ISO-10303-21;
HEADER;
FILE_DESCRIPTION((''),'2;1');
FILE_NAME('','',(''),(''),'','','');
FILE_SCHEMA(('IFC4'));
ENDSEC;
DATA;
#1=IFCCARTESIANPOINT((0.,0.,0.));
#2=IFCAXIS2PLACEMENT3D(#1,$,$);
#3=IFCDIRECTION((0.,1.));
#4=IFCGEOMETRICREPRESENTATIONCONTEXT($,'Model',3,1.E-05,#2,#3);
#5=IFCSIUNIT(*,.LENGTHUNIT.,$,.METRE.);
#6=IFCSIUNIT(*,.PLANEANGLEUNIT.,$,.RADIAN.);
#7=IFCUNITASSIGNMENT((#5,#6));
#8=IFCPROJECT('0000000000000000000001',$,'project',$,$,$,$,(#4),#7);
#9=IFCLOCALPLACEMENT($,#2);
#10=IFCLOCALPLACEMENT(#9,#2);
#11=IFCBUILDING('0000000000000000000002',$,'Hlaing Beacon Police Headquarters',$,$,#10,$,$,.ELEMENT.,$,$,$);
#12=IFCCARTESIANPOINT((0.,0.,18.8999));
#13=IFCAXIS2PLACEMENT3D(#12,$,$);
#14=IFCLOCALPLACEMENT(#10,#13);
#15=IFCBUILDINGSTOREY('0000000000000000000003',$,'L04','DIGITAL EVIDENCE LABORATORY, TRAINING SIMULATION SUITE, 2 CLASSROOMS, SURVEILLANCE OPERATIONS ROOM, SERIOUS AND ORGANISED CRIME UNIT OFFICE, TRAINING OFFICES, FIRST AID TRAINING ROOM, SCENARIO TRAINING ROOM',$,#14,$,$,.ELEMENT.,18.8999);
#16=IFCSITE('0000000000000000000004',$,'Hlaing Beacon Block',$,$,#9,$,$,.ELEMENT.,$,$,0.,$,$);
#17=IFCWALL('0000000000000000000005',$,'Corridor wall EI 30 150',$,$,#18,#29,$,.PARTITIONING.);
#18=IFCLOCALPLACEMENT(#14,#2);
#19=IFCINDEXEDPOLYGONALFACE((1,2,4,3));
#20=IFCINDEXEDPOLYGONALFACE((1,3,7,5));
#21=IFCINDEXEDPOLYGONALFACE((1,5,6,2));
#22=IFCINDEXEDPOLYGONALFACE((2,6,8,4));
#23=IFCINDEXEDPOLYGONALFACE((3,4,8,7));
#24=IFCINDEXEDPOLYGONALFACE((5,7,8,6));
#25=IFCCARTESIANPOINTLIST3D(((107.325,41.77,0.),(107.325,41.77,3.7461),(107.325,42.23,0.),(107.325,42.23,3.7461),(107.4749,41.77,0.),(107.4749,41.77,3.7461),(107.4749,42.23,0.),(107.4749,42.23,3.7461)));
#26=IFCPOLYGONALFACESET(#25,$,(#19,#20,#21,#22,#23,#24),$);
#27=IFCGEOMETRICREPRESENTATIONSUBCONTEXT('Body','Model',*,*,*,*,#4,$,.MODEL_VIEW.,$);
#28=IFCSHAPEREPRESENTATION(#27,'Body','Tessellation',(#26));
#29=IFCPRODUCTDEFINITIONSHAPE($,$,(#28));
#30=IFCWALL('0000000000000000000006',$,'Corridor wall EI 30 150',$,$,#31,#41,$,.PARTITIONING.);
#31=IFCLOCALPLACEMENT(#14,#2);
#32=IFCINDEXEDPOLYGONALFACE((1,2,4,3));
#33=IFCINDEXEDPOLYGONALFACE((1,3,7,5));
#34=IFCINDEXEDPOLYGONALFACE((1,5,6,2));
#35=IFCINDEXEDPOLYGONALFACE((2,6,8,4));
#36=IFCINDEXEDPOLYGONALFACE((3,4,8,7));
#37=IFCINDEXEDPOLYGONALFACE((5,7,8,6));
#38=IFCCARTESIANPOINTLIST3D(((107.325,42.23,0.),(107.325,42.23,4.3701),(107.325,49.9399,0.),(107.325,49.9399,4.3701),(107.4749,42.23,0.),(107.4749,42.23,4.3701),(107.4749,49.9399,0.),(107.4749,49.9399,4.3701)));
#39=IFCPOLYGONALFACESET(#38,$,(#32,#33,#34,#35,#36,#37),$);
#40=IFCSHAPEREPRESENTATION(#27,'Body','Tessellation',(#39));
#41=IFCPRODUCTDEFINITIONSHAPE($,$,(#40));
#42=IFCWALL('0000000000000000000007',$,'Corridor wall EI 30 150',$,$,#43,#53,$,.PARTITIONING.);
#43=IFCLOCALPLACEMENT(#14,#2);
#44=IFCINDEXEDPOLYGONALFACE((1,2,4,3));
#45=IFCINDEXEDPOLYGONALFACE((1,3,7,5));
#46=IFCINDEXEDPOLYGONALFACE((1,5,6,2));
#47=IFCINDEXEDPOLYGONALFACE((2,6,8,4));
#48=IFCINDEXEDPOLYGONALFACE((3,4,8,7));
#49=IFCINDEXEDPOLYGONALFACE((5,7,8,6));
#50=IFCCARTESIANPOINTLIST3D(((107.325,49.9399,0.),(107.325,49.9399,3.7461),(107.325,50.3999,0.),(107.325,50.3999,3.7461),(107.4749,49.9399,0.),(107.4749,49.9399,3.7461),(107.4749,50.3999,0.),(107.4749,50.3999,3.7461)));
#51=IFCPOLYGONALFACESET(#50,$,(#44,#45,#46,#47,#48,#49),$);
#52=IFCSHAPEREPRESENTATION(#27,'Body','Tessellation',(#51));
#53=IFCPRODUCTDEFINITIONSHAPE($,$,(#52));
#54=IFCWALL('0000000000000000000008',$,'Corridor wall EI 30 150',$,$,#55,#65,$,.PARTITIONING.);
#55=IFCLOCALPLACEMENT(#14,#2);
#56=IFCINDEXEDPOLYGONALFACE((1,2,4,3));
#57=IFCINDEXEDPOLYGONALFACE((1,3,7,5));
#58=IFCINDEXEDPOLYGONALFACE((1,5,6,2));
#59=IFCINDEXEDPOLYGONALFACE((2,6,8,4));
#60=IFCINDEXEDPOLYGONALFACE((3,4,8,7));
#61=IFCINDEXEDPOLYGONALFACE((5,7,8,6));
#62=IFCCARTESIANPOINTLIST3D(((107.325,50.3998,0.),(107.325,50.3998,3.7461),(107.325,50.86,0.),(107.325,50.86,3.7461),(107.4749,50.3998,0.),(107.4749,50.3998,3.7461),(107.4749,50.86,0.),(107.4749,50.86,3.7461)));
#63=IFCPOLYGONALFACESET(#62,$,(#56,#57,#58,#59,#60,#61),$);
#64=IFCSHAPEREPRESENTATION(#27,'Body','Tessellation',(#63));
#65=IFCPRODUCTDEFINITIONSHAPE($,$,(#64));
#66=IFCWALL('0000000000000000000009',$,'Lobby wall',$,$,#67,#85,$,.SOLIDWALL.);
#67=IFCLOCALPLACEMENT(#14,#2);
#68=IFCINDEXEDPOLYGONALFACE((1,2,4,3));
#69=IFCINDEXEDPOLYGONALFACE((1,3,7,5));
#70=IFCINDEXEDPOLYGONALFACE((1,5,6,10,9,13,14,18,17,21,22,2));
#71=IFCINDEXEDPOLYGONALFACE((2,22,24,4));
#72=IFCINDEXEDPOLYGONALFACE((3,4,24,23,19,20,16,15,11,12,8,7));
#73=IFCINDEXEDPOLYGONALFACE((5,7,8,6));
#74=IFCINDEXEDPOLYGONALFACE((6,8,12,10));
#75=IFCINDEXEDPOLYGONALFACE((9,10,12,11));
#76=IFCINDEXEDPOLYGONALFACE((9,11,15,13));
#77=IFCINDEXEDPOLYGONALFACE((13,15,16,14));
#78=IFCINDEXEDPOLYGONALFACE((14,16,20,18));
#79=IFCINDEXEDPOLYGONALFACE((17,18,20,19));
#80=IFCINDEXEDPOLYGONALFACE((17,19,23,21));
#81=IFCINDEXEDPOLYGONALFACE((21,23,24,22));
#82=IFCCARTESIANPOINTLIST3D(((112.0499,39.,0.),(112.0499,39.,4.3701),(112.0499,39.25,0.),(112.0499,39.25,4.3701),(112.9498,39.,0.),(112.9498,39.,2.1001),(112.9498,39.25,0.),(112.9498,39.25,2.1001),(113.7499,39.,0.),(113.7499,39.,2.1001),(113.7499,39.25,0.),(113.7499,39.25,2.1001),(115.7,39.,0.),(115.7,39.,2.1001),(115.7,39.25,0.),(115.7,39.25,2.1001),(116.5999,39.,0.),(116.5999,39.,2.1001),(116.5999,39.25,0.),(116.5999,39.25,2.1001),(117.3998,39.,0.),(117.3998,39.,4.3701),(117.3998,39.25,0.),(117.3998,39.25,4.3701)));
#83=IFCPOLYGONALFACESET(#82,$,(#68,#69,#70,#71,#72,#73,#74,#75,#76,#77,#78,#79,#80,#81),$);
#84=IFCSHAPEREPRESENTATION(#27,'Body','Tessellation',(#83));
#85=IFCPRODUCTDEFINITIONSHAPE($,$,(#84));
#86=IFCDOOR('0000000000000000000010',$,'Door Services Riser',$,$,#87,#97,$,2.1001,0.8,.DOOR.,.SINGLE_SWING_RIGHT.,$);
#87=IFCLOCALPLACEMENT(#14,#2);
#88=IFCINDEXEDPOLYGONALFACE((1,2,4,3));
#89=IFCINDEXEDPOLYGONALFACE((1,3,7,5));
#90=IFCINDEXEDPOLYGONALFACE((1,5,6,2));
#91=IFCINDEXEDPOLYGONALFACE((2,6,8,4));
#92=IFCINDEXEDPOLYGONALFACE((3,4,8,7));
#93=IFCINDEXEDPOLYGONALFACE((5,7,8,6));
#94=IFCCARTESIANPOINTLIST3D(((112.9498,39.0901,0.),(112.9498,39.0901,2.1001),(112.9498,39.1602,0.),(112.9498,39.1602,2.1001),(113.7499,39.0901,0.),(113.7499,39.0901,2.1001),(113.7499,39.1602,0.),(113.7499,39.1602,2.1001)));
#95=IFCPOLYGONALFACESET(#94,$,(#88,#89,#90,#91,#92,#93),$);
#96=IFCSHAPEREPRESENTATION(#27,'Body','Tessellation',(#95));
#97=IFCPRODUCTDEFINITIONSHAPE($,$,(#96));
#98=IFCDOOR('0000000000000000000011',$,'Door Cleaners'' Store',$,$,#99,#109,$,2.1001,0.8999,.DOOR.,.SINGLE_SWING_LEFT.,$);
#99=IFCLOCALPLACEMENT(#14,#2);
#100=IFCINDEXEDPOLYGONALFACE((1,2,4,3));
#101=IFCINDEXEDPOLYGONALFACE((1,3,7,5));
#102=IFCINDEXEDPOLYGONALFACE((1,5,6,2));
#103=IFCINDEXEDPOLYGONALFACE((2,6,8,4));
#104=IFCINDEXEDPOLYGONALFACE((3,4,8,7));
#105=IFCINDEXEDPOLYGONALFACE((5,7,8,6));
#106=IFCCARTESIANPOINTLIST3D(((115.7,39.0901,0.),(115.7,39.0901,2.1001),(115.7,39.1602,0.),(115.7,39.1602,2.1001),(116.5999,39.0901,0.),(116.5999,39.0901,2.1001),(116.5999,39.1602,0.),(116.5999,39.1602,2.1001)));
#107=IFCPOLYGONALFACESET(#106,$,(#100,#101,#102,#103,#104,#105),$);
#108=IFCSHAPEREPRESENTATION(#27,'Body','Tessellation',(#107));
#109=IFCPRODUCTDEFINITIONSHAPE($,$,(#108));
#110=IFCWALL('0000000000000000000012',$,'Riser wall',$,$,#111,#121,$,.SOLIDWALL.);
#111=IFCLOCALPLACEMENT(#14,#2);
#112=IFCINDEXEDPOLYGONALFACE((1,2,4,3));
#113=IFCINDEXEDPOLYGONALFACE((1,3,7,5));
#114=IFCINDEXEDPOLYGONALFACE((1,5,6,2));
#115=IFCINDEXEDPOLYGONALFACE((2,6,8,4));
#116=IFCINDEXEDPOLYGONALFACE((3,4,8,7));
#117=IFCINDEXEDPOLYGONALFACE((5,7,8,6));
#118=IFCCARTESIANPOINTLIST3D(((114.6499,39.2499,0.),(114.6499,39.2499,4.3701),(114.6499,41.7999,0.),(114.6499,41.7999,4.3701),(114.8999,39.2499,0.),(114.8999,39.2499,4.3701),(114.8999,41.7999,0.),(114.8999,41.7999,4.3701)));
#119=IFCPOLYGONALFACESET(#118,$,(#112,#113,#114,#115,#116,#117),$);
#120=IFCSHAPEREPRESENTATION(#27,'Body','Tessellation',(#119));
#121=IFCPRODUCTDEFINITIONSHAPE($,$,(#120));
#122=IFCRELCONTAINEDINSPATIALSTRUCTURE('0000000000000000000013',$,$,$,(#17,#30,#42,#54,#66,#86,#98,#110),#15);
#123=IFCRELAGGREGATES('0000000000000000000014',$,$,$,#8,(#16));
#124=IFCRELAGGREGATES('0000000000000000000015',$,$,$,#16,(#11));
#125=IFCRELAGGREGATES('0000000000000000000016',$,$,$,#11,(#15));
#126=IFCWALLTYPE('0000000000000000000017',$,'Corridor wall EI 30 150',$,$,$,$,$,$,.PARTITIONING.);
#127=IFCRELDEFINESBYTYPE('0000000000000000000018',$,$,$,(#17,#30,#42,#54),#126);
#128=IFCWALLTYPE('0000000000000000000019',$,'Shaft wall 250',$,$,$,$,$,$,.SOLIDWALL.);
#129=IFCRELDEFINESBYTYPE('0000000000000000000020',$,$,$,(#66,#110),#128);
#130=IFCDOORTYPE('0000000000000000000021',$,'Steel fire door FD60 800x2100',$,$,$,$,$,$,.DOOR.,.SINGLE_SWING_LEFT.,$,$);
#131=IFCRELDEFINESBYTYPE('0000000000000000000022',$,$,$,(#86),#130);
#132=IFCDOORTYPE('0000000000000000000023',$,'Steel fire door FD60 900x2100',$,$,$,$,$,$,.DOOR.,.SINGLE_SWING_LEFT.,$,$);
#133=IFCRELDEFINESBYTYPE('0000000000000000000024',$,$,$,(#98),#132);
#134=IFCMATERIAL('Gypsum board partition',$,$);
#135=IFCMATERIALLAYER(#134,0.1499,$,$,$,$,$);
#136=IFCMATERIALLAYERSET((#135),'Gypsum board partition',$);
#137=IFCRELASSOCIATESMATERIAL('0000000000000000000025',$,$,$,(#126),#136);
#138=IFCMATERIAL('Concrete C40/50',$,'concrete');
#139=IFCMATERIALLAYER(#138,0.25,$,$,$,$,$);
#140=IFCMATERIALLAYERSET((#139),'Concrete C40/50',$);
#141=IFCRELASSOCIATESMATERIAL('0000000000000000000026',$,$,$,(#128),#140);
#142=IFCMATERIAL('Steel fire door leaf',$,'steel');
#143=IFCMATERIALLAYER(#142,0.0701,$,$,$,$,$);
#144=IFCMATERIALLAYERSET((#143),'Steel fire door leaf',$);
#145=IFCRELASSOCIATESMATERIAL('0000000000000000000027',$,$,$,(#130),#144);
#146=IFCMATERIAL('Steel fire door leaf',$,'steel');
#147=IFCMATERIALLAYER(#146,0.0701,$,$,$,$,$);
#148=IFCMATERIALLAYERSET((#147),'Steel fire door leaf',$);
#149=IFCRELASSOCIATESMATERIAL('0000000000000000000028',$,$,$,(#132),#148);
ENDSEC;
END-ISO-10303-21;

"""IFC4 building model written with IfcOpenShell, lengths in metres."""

from ifc_helpers import new_model, si_unit, direction, frame, frame_2d, origin, place, context, subcontext, project, spatial, rectangle, extrude, material, layer, layer_set, type_object, element, fill, save


model = new_model("IFC4")

# Units and contexts
model_context = context("Model", 3, precision=1e-05, world=origin(), true_north=direction((0.0, 1.0)))
body_context = subcontext(model_context, "Body", "Model", "MODEL_VIEW")
ifc_project = project(units=[si_unit("LENGTHUNIT", "METRE"), si_unit("PLANEANGLEUNIT", "RADIAN")], contexts=[model_context])

# Site, building, storey
site_placement = place(None, origin())
site = spatial("IfcSite", under=ifc_project, at=site_placement, Name="Hlaing Beacon Block", CompositionType="ELEMENT", RefElevation=0.0)
building_placement = place(site_placement, origin())
building = spatial("IfcBuilding", under=site, at=building_placement, Name="Hlaing Beacon Police Headquarters", CompositionType="ELEMENT")
storey_placement = place(building_placement, frame((0.0, 0.0, 18.8999)))
storey = spatial("IfcBuildingStorey", under=building, at=storey_placement, Name="L04", Description="DIGITAL EVIDENCE LABORATORY, TRAINING SIMULATION SUITE, 2 CLASSROOMS, SURVEILLANCE OPERATIONS ROOM, SERIOUS AND ORGANISED CRIME UNIT OFFICE, TRAINING OFFICES, FIRST AID TRAINING ROOM, SCENARIO TRAINING ROOM", CompositionType="ELEMENT", Elevation=18.8999)

# Shared definitions
ifc_material_1 = material(Name="Gypsum board partition")
ifc_layer_1 = layer(ifc_material_1, 0.1499)
ifc_layer_set_1 = layer_set([ifc_layer_1], Name="Gypsum board partition")
wall_type_1 = type_object("IfcWallType", Name="Corridor wall EI 30 150", PredefinedType="PARTITIONING", material=ifc_layer_set_1)

# Walls
wall_1_placement = place(storey_placement, frame((107.3999, 41.77, 0.0), z_axis=(0.0, 0.0, 1.0), x_axis=(0.0, 1.0, 0.0)))
element("IfcWall", 1, at=wall_1_placement, inside=storey, type_object=wall_type_1, Name="Corridor wall EI 30 150", PredefinedType="PARTITIONING", context=body_context, shape_type="SweptSolid", body=[
    extrude(rectangle(XDim=0.46, YDim=0.1499, at=frame_2d((0.23, 0.0))), origin(), (0.0, 0.0, 1.0), 3.7461),
])
wall_2_placement = place(storey_placement, frame((107.3999, 42.23, 0.0), z_axis=(0.0, 0.0, 1.0), x_axis=(0.0, 1.0, 0.0)))
element("IfcWall", 2, at=wall_2_placement, inside=storey, type_object=wall_type_1, Name="Corridor wall EI 30 150", PredefinedType="PARTITIONING", context=body_context, shape_type="SweptSolid", body=[
    extrude(rectangle(XDim=7.71, YDim=0.1499, at=frame_2d((3.855, 0.0))), origin(), (0.0, 0.0, 1.0), 4.3701),
])
wall_3_placement = place(storey_placement, frame((107.3999, 49.9399, 0.0), z_axis=(0.0, 0.0, 1.0), x_axis=(0.0, 1.0, 0.0)))
element("IfcWall", 3, at=wall_3_placement, inside=storey, type_object=wall_type_1, Name="Corridor wall EI 30 150", PredefinedType="PARTITIONING", context=body_context, shape_type="SweptSolid", body=[
    extrude(rectangle(XDim=0.46, YDim=0.1499, at=frame_2d((0.23, 0.0))), origin(), (0.0, 0.0, 1.0), 3.7461),
])
wall_4_placement = place(storey_placement, frame((107.3999, 50.3999, 0.0), z_axis=(0.0, 0.0, 1.0), x_axis=(0.0, 1.0, 0.0)))
element("IfcWall", 4, at=wall_4_placement, inside=storey, type_object=wall_type_1, Name="Corridor wall EI 30 150", PredefinedType="PARTITIONING", context=body_context, shape_type="SweptSolid", body=[
    extrude(rectangle(XDim=0.4602, YDim=0.1499, at=frame_2d((0.23, 0.0))), origin(), (0.0, 0.0, 1.0), 3.7461),
])

# Wall, openings, doors
ifc_material_2 = material(Name="Concrete C40/50", Category="concrete")
ifc_layer_2 = layer(ifc_material_2, 0.25)
ifc_layer_set_2 = layer_set([ifc_layer_2], Name="Concrete C40/50")
wall_type_2 = type_object("IfcWallType", Name="Shaft wall 250", PredefinedType="SOLIDWALL", material=ifc_layer_set_2)
wall_5_placement = place(storey_placement, frame((112.05, 39.125, 0.0), z_axis=(0.0, 0.0, 1.0), x_axis=(1.0, 0.0, 0.0)))
wall_5 = element("IfcWall", 5, at=wall_5_placement, inside=storey, type_object=wall_type_2, Name="Lobby wall", PredefinedType="SOLIDWALL", context=body_context, shape_type="SweptSolid", body=[
    extrude(rectangle(XDim=5.3499, YDim=0.25, at=frame_2d((2.6748, 0.0))), origin(), (0.0, 0.0, 1.0), 4.3701),
])
opening_1_placement = place(wall_5_placement, frame((3.6499, 0.0, 0.0)))
opening_1 = element("IfcOpeningElement", 6, at=opening_1_placement, cuts=wall_5, PredefinedType="OPENING", context=body_context, shape_type="SweptSolid", body=[
    extrude(rectangle(XDim=0.8999, YDim=2.1001, at=frame_2d((0.45, 1.05))), frame((0.0, 0.135, 0.0), z_axis=(0.0, -1.0, 0.0), x_axis=(1.0, 0.0, 0.0)), (0.0, 0.0, 1.0), 0.27),
])
opening_2_placement = place(wall_5_placement, frame((0.8999, 0.0, 0.0)))
opening_2 = element("IfcOpeningElement", 7, at=opening_2_placement, cuts=wall_5, PredefinedType="OPENING", context=body_context, shape_type="SweptSolid", body=[
    extrude(rectangle(XDim=0.8, YDim=2.1001, at=frame_2d((0.3999, 1.05))), frame((0.0, 0.135, 0.0), z_axis=(0.0, -1.0, 0.0), x_axis=(1.0, 0.0, 0.0)), (0.0, 0.0, 1.0), 0.27),
])
ifc_material_3 = material(Name="Steel fire door leaf", Category="steel")
ifc_layer_3 = layer(ifc_material_3, 0.0701)
ifc_layer_set_3 = layer_set([ifc_layer_3], Name="Steel fire door leaf")
door_type_1 = type_object("IfcDoorType", Name="Steel fire door FD60 800x2100", OperationType="SINGLE_SWING_LEFT", PredefinedType="DOOR", material=ifc_layer_set_3)
door_1_placement = place(opening_2_placement, origin())
door_1 = element("IfcDoor", 8, at=door_1_placement, inside=storey, type_object=door_type_1, Name="Door Services Riser", OperationType="SINGLE_SWING_RIGHT", OverallHeight=2.1001, OverallWidth=0.8, PredefinedType="DOOR", context=body_context, shape_type="SweptSolid", body=[
    extrude(rectangle(XDim=0.8, YDim=2.1001, at=frame_2d((0.3999, 1.05))), frame((0.0, 0.0352, 0.0), z_axis=(0.0, -1.0, 0.0), x_axis=(1.0, 0.0, 0.0)), (0.0, 0.0, 1.0), 0.0701),
])
fill(opening_2, door_1)
ifc_material_4 = material(Name="Steel fire door leaf", Category="steel")
ifc_layer_4 = layer(ifc_material_4, 0.0701)
ifc_layer_set_4 = layer_set([ifc_layer_4], Name="Steel fire door leaf")
door_type_2 = type_object("IfcDoorType", Name="Steel fire door FD60 900x2100", OperationType="SINGLE_SWING_LEFT", PredefinedType="DOOR", material=ifc_layer_set_4)
door_2_placement = place(opening_1_placement, origin())
door_2 = element("IfcDoor", 9, at=door_2_placement, inside=storey, type_object=door_type_2, Name="Door Cleaners' Store", OperationType="SINGLE_SWING_LEFT", OverallHeight=2.1001, OverallWidth=0.8999, PredefinedType="DOOR", context=body_context, shape_type="SweptSolid", body=[
    extrude(rectangle(XDim=0.8999, YDim=2.1001, at=frame_2d((0.45, 1.05))), frame((0.0, 0.0352, 0.0), z_axis=(0.0, -1.0, 0.0), x_axis=(1.0, 0.0, 0.0)), (0.0, 0.0, 1.0), 0.0701),
])
fill(opening_1, door_2)

# Wall
wall_6_placement = place(storey_placement, frame((114.7749, 39.25, 0.0), z_axis=(0.0, 0.0, 1.0), x_axis=(0.0, 1.0, 0.0)))
element("IfcWall", 10, at=wall_6_placement, inside=storey, type_object=wall_type_2, Name="Riser wall", PredefinedType="SOLIDWALL", context=body_context, shape_type="SweptSolid", body=[
    extrude(rectangle(XDim=2.55, YDim=0.25, at=frame_2d((1.2749, 0.0))), origin(), (0.0, 0.0, 1.0), 4.3701),
])

save(model, "model.ifc")
